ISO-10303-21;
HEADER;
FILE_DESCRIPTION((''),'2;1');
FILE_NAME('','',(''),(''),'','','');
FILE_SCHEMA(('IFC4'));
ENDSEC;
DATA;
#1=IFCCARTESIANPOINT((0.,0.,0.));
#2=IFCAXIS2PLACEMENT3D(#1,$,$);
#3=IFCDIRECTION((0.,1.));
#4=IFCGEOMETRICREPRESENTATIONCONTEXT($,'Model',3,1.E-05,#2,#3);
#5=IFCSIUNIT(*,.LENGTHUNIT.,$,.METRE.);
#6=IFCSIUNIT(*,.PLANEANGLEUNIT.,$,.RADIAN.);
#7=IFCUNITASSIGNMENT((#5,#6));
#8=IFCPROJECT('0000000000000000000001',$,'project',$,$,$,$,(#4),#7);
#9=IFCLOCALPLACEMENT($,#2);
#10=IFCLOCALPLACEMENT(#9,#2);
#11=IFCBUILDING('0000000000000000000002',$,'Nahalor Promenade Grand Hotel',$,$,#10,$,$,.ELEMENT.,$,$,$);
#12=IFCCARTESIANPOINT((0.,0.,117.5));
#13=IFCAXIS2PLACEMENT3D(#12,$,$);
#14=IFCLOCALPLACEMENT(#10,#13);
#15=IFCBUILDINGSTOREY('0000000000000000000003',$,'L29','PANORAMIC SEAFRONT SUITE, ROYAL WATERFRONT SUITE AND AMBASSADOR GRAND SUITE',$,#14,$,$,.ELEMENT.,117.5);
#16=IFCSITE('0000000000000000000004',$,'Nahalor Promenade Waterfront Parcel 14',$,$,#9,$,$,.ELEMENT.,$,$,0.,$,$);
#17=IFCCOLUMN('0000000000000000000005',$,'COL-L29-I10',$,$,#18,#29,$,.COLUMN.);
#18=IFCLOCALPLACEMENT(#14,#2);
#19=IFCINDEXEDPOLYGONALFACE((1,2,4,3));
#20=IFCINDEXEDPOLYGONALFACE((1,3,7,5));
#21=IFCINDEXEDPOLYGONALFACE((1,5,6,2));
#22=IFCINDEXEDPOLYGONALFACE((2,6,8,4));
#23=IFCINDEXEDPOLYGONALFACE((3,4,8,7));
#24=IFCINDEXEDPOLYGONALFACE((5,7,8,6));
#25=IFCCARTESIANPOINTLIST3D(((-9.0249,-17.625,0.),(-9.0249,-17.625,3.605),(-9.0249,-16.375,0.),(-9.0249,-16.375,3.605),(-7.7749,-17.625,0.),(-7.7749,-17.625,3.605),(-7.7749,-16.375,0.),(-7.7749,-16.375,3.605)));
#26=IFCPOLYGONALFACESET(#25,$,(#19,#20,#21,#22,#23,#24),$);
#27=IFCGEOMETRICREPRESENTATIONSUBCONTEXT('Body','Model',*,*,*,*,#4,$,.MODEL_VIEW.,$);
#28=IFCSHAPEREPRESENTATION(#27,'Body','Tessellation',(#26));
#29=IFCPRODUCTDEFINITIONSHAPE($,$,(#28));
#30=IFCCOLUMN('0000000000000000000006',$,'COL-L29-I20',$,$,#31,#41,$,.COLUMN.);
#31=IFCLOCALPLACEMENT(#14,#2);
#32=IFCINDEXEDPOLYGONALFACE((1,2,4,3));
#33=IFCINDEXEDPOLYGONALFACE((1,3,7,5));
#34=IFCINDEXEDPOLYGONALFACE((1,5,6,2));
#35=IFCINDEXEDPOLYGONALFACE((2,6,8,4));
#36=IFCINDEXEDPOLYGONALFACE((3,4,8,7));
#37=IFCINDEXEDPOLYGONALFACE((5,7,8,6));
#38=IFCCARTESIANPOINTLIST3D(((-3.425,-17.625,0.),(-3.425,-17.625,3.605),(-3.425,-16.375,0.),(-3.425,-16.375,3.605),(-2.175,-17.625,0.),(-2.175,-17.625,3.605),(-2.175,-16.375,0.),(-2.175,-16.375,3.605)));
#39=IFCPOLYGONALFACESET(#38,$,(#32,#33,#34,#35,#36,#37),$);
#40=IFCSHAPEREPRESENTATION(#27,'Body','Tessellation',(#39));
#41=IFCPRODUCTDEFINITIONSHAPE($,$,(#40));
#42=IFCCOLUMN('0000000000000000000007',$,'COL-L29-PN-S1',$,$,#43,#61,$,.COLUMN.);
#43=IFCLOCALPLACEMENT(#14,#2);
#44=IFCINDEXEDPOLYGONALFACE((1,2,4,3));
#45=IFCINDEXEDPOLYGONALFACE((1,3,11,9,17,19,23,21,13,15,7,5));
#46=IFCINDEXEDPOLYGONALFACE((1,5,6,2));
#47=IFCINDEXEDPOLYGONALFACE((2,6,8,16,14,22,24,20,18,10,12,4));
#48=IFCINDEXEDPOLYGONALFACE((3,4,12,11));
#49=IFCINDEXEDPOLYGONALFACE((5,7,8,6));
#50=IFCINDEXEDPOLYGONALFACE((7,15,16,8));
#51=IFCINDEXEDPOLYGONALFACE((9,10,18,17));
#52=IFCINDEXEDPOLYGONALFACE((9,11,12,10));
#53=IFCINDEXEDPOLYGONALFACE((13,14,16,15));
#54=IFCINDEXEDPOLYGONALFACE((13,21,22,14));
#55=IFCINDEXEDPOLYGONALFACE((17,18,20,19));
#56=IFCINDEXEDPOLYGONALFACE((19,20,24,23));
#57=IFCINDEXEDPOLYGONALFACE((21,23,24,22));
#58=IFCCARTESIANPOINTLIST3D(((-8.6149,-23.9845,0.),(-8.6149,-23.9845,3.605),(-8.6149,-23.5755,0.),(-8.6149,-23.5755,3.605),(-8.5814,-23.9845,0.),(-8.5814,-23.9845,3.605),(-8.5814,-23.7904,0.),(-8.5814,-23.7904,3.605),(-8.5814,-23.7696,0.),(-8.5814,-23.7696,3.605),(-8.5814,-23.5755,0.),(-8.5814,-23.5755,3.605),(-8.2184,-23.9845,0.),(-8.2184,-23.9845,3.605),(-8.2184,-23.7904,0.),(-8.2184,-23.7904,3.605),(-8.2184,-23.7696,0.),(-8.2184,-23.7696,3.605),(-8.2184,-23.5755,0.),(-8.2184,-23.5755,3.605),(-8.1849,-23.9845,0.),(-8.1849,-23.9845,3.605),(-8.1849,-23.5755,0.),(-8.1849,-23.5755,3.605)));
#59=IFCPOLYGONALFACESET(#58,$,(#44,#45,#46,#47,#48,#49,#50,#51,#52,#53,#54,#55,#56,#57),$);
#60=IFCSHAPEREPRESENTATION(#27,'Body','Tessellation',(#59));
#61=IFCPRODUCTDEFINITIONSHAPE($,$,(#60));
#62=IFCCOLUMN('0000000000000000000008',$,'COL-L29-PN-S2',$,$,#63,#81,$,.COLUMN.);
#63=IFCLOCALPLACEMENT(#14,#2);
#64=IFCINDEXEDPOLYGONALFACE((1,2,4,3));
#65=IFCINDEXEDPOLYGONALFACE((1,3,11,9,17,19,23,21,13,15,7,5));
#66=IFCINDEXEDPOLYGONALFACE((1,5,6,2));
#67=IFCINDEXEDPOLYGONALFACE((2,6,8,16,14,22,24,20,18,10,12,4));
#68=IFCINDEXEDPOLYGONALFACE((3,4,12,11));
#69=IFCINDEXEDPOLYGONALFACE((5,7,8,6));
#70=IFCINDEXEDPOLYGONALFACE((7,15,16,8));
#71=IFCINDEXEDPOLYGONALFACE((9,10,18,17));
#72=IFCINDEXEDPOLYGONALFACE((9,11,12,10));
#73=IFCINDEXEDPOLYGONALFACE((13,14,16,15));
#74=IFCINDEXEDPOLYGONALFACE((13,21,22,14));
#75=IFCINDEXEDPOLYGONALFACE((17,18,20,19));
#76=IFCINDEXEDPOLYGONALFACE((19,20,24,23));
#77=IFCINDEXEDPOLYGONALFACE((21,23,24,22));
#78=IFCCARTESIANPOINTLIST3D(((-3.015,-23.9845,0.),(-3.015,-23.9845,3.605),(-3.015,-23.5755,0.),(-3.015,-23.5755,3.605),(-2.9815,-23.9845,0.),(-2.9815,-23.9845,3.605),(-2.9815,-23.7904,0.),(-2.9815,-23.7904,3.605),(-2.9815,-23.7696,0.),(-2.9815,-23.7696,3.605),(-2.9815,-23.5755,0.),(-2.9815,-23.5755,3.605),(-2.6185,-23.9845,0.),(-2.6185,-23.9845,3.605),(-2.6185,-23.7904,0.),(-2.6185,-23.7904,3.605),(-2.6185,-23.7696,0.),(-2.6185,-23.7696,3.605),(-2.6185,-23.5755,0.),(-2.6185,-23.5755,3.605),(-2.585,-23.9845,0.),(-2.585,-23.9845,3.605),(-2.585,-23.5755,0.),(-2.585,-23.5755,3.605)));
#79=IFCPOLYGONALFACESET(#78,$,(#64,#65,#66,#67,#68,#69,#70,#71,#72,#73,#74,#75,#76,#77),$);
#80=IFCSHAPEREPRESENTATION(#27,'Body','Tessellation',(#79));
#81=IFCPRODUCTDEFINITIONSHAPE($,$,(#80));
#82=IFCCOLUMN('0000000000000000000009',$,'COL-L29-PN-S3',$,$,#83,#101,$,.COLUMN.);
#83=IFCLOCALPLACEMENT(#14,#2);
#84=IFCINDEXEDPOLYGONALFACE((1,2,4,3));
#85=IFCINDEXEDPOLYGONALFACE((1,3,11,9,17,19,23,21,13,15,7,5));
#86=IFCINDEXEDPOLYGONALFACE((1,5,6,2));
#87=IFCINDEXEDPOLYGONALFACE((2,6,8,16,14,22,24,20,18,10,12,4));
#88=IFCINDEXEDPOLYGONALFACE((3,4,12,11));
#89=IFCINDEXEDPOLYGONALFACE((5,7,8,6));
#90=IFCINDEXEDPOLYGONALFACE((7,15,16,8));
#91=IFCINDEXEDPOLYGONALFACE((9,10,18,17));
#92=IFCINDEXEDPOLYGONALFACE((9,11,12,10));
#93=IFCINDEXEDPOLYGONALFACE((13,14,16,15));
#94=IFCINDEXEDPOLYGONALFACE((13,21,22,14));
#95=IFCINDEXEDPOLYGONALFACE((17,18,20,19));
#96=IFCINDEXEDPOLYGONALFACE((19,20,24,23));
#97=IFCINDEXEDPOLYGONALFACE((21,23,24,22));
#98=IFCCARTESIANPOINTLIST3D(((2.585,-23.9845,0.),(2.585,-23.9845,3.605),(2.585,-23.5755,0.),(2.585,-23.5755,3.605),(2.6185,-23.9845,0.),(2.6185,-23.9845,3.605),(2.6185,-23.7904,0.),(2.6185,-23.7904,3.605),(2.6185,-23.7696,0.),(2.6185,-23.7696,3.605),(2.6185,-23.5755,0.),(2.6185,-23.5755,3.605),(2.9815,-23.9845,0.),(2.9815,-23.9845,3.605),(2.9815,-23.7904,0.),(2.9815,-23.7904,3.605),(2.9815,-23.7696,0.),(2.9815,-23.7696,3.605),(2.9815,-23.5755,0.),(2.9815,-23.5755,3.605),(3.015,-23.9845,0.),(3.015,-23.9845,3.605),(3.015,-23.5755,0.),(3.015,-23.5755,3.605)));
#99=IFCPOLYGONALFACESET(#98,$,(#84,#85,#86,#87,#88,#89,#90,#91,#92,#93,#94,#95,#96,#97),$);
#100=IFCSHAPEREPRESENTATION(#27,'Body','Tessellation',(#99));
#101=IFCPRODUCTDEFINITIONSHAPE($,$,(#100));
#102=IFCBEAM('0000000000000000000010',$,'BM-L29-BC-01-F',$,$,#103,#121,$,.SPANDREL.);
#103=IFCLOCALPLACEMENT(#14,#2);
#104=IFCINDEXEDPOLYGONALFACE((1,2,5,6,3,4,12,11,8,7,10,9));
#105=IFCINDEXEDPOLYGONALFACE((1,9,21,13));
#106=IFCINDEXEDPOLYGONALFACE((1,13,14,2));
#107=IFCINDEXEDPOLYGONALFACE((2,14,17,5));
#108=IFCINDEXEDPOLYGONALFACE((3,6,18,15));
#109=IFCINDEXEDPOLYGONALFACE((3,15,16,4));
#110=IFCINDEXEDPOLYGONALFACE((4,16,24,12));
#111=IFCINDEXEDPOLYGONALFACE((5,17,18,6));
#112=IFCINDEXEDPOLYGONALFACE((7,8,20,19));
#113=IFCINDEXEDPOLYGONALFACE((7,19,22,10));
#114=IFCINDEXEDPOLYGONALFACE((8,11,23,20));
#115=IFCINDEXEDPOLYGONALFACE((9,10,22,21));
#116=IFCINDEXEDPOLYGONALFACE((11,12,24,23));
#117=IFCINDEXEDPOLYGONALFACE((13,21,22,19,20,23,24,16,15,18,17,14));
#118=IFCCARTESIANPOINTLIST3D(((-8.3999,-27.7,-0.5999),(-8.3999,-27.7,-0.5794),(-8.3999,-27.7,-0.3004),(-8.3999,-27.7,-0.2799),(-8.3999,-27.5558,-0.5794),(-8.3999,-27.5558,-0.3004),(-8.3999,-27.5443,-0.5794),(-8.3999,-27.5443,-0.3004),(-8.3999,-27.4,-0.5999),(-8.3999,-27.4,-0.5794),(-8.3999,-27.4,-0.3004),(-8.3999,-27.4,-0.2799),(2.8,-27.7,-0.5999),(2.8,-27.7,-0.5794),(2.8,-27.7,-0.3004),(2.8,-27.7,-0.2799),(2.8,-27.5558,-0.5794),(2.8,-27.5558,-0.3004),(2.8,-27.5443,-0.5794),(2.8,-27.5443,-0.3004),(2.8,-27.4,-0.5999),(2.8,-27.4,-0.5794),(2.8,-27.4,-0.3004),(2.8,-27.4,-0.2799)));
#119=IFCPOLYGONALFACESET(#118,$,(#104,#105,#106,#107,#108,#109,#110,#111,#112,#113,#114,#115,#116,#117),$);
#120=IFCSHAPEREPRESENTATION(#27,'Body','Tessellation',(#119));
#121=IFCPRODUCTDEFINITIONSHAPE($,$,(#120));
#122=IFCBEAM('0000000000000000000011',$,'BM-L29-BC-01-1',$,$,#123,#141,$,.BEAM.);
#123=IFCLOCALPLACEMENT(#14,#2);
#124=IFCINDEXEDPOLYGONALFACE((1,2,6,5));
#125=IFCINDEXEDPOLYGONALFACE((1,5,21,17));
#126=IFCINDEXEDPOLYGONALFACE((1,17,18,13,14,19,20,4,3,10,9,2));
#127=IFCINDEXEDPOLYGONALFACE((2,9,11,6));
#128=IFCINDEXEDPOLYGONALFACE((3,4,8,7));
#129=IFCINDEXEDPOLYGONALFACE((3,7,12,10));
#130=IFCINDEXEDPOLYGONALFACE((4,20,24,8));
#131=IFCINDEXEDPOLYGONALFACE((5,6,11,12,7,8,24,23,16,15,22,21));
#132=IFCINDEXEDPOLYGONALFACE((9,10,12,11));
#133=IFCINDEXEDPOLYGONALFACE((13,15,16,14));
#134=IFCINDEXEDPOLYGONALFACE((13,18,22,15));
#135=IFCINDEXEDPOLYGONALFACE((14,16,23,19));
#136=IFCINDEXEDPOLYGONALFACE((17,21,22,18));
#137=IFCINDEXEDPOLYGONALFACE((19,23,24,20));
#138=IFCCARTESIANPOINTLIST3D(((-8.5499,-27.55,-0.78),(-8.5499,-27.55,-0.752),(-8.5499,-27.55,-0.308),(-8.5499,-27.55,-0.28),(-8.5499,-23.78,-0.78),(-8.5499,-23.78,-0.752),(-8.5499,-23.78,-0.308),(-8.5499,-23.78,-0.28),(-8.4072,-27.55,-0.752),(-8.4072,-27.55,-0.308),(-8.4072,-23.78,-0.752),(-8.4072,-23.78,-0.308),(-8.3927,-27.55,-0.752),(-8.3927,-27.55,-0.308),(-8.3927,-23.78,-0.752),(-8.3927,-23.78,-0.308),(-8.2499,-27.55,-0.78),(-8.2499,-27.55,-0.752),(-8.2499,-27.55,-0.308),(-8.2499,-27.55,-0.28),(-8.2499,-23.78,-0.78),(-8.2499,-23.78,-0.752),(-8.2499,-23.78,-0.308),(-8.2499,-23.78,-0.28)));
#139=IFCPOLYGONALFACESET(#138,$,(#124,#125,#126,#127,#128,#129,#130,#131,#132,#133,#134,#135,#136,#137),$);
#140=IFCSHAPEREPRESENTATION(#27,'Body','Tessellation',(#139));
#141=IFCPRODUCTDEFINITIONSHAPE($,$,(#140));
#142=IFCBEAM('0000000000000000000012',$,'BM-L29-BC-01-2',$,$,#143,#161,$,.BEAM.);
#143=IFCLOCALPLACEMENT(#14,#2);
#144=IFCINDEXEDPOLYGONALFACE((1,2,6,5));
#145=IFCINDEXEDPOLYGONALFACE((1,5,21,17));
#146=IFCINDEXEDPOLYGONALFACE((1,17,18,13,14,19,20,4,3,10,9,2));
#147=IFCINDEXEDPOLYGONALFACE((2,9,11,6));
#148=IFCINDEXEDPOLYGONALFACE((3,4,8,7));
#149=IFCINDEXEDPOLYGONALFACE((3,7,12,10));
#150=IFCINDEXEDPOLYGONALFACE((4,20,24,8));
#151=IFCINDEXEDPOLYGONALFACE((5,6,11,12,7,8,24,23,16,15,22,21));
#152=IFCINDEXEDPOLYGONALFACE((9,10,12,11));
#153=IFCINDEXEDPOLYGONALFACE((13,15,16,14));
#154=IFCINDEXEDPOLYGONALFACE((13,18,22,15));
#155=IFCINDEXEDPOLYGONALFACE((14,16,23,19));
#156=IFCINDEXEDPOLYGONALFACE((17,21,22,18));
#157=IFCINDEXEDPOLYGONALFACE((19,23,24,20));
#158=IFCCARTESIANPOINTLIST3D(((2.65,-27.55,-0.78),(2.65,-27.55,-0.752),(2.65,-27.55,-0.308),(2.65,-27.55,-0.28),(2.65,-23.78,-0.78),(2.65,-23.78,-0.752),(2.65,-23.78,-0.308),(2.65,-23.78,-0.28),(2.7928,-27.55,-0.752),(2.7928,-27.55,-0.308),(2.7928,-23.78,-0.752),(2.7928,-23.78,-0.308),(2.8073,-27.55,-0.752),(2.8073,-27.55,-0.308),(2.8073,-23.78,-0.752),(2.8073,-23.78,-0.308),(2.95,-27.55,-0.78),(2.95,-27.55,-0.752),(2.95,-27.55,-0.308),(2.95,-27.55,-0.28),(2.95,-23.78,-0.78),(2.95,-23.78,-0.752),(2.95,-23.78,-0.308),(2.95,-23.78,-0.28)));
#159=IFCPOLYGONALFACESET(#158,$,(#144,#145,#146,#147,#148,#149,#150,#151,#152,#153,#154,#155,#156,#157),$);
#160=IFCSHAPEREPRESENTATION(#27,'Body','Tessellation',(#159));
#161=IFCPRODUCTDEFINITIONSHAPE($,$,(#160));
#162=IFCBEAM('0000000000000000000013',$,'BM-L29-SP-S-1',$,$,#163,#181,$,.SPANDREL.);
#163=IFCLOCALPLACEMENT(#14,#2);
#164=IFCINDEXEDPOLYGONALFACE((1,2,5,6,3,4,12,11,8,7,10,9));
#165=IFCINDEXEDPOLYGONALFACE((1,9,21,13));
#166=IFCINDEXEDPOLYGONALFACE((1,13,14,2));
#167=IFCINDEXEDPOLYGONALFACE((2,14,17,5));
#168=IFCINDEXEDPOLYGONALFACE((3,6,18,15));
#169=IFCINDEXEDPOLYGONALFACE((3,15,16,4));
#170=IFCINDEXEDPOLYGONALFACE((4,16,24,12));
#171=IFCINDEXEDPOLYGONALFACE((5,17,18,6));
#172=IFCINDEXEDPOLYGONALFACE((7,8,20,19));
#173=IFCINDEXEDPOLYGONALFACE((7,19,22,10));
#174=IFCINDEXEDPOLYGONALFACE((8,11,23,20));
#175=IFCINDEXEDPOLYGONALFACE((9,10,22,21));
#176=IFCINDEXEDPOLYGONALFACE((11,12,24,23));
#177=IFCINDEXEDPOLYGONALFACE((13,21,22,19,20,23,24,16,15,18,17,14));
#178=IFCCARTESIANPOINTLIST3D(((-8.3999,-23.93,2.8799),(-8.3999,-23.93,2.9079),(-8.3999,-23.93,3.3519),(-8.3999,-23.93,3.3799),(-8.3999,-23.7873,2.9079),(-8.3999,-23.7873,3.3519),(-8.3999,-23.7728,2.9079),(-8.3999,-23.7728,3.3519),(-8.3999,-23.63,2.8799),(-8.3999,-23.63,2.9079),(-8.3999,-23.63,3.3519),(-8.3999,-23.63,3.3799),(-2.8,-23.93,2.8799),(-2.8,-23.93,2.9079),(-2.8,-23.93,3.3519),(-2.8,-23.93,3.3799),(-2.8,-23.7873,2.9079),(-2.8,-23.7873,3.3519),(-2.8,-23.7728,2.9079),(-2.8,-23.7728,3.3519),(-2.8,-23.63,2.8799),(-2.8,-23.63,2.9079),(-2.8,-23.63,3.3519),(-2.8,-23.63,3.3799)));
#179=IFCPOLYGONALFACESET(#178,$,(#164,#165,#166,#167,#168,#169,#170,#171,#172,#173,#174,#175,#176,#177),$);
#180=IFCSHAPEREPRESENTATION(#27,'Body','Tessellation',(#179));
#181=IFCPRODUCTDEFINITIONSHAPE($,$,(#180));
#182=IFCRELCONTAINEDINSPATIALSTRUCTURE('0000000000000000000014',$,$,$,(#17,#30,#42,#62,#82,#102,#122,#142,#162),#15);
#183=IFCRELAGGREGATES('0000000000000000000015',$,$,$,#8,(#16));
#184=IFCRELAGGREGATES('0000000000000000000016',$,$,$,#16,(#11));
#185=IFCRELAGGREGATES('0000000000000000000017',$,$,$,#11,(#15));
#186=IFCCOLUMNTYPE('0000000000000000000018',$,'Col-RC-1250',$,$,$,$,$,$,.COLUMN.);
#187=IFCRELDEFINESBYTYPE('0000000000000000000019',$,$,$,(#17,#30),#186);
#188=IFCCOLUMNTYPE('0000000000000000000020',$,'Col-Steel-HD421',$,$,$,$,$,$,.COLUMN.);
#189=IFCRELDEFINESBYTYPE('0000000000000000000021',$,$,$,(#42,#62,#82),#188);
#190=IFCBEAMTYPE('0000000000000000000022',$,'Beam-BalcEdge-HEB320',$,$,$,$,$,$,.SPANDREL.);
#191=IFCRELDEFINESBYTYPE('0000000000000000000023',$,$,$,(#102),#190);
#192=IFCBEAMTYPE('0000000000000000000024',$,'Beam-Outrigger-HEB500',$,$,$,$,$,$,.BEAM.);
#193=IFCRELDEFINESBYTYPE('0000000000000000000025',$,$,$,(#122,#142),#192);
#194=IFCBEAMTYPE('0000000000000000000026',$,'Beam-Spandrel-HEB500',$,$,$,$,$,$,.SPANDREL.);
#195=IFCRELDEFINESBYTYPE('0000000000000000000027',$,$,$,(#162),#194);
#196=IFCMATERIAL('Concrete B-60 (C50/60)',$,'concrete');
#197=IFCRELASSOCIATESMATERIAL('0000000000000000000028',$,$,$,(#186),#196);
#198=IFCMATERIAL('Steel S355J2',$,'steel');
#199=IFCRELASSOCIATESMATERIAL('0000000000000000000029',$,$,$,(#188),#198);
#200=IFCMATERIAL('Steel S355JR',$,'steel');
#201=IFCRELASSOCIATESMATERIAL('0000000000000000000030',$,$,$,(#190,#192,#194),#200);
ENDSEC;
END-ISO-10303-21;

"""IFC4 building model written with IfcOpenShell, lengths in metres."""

from ifc_helpers import new_model, si_unit, direction, frame, origin, origin_2d, place, context, subcontext, project, spatial, rectangle, i_section, extrude, source, transform, mapped, material, material_profile, profile_set, type_object, element, save


model = new_model("IFC4")

# Units and contexts
model_context = context("Model", 3, precision=1e-05, world=origin(), true_north=direction((0.0, 1.0)))
body_context = subcontext(model_context, "Body", "Model", "MODEL_VIEW")
ifc_project = project(units=[si_unit("LENGTHUNIT", "METRE"), si_unit("PLANEANGLEUNIT", "RADIAN")], contexts=[model_context])

# Site, building, storey
site_placement = place(None, origin())
site = spatial("IfcSite", under=ifc_project, at=site_placement, Name="Nahalor Promenade Waterfront Parcel 14", CompositionType="ELEMENT", RefElevation=0.0)
building_placement = place(site_placement, origin())
building = spatial("IfcBuilding", under=site, at=building_placement, Name="Nahalor Promenade Grand Hotel", CompositionType="ELEMENT")
storey_placement = place(building_placement, frame((0.0, 0.0, 117.5)))
storey = spatial("IfcBuildingStorey", under=building, at=storey_placement, Name="L29", Description="PANORAMIC SEAFRONT SUITE, ROYAL WATERFRONT SUITE AND AMBASSADOR GRAND SUITE", CompositionType="ELEMENT", Elevation=117.5)

# Columns
ifc_material_1 = material(Name="Concrete B-60 (C50/60)", Category="concrete")
ifc_material_profile_1 = material_profile(ifc_material_1, rectangle(XDim=1.25, YDim=1.25, at=origin_2d()), Name="RC 1250x1250")
ifc_profile_set_1 = profile_set([ifc_material_profile_1], Name="Concrete B-60 (C50/60)")
column_type_1 = type_object("IfcColumnType", Name="Col-RC-1250", PredefinedType="COLUMN", material=ifc_profile_set_1)
shared_shape_1 = source(origin(), body_context, "Body", "SweptSolid", [
    extrude(rectangle(XDim=1.25, YDim=1.25, at=origin_2d()), origin(), (0.0, 0.0, 1.0), 3.605),
])
for number, where, z_axis, x_axis, name in (
    (1, (-8.3999, -17.0, 0.0), (0.0, 0.0, 1.0), (1.0, 0.0, 0.0), "COL-L29-I10"),
    (2, (-2.8, -17.0, 0.0), (0.0, 0.0, 1.0), (1.0, 0.0, 0.0), "COL-L29-I20"),
):
    element("IfcColumn", number, at=place(storey_placement, frame(where, z_axis=z_axis, x_axis=x_axis)), inside=storey, type_object=column_type_1, Name=name, PredefinedType="COLUMN", context=body_context, shape_type="MappedRepresentation", body=[
        mapped(shared_shape_1, transform((0.0, 0.0, 0.0), scale=1.0)),
    ])
ifc_material_2 = material(Name="Steel S355J2", Category="steel")
ifc_material_profile_2 = material_profile(ifc_material_2, i_section(OverallWidth=0.409, OverallDepth=0.43, WebThickness=0.0208, FlangeThickness=0.0335, at=origin_2d()), Name="HD 400x421")
ifc_profile_set_2 = profile_set([ifc_material_profile_2], Name="Steel S355J2")
column_type_2 = type_object("IfcColumnType", Name="Col-Steel-HD421", PredefinedType="COLUMN", material=ifc_profile_set_2)
shared_shape_2 = source(origin(), body_context, "Body", "SweptSolid", [
    extrude(i_section(OverallWidth=0.409, OverallDepth=0.43, WebThickness=0.0208, FlangeThickness=0.0335, at=origin_2d()), origin(), (0.0, 0.0, 1.0), 3.605),
])
for number, where, z_axis, x_axis, name in (
    (3, (-8.3999, -23.78, 0.0), (0.0, 0.0, 1.0), (0.0, 1.0, 0.0), "COL-L29-PN-S1"),
    (4, (-2.8, -23.78, 0.0), (0.0, 0.0, 1.0), (0.0, 1.0, 0.0), "COL-L29-PN-S2"),
    (5, (2.8, -23.78, 0.0), (0.0, 0.0, 1.0), (0.0, 1.0, 0.0), "COL-L29-PN-S3"),
):
    element("IfcColumn", number, at=place(storey_placement, frame(where, z_axis=z_axis, x_axis=x_axis)), inside=storey, type_object=column_type_2, Name=name, PredefinedType="COLUMN", context=body_context, shape_type="MappedRepresentation", body=[
        mapped(shared_shape_2, transform((0.0, 0.0, 0.0), scale=1.0)),
    ])

# Beams
ifc_material_3 = material(Name="Steel S355JR", Category="steel")
ifc_material_profile_3 = material_profile(ifc_material_3, i_section(OverallWidth=0.3, OverallDepth=0.32, WebThickness=0.0115, FlangeThickness=0.0205, at=origin_2d()), Name="HEB 320")
ifc_profile_set_3 = profile_set([ifc_material_profile_3], Name="Steel S355JR")
beam_type_1 = type_object("IfcBeamType", Name="Beam-BalcEdge-HEB320", PredefinedType="SPANDREL", material=ifc_profile_set_3)
shared_shape_3 = source(origin(), body_context, "Body", "SweptSolid", [
    extrude(i_section(OverallWidth=0.3, OverallDepth=0.32, WebThickness=0.0115, FlangeThickness=0.0205, at=origin_2d()), origin(), (0.0, 0.0, 1.0), 11.2),
])
beam_1_placement = place(storey_placement, frame((-8.3999, -27.55, -0.4399), z_axis=(1.0, 0.0, 0.0), x_axis=(0.0, 1.0, 0.0)))
element("IfcBeam", 6, at=beam_1_placement, inside=storey, type_object=beam_type_1, Name="BM-L29-BC-01-F", PredefinedType="SPANDREL", context=body_context, shape_type="MappedRepresentation", body=[
    mapped(shared_shape_3, transform((0.0, 0.0, 0.0), scale=1.0)),
])
ifc_material_profile_4 = material_profile(ifc_material_3, i_section(OverallWidth=0.3, OverallDepth=0.5, WebThickness=0.0145, FlangeThickness=0.028, at=origin_2d()), Name="HEB 500")
ifc_profile_set_4 = profile_set([ifc_material_profile_4], Name="Steel S355JR")
beam_type_2 = type_object("IfcBeamType", Name="Beam-Outrigger-HEB500", PredefinedType="BEAM", material=ifc_profile_set_4)
shared_shape_4 = source(origin(), body_context, "Body", "SweptSolid", [
    extrude(i_section(OverallWidth=0.3, OverallDepth=0.5, WebThickness=0.0145, FlangeThickness=0.028, at=origin_2d()), origin(), (0.0, 0.0, 1.0), 3.77),
])
for number, where, z_axis, x_axis, name in (
    (7, (-8.3999, -27.55, -0.53), (0.0, 1.0, 0.0), (-1.0, 0.0, 0.0), "BM-L29-BC-01-1"),
    (8, (2.8, -27.55, -0.53), (0.0, 1.0, 0.0), (-1.0, 0.0, 0.0), "BM-L29-BC-01-2"),
):
    element("IfcBeam", number, at=place(storey_placement, frame(where, z_axis=z_axis, x_axis=x_axis)), inside=storey, type_object=beam_type_2, Name=name, PredefinedType="BEAM", context=body_context, shape_type="MappedRepresentation", body=[
        mapped(shared_shape_4, transform((0.0, 0.0, 0.0), scale=1.0)),
    ])
ifc_material_profile_5 = material_profile(ifc_material_3, i_section(OverallWidth=0.3, OverallDepth=0.5, WebThickness=0.0145, FlangeThickness=0.028, at=origin_2d()), Name="HEB 500")
ifc_profile_set_5 = profile_set([ifc_material_profile_5], Name="Steel S355JR")
beam_type_3 = type_object("IfcBeamType", Name="Beam-Spandrel-HEB500", PredefinedType="SPANDREL", material=ifc_profile_set_5)
shared_shape_5 = source(origin(), body_context, "Body", "SweptSolid", [
    extrude(i_section(OverallWidth=0.3, OverallDepth=0.5, WebThickness=0.0145, FlangeThickness=0.028, at=origin_2d()), origin(), (0.0, 0.0, 1.0), 5.5999),
])
for number, where, z_axis, x_axis, name in (
    (9, (-8.3999, -23.78, 3.1299), (1.0, 0.0, 0.0), (0.0, 1.0, 0.0), "BM-L29-SP-S-1"),
):
    element("IfcBeam", number, at=place(storey_placement, frame(where, z_axis=z_axis, x_axis=x_axis)), inside=storey, type_object=beam_type_3, Name=name, PredefinedType="SPANDREL", context=body_context, shape_type="MappedRepresentation", body=[
        mapped(shared_shape_5, transform((0.0, 0.0, 0.0), scale=1.0)),
    ])

save(model, "model.ifc")
